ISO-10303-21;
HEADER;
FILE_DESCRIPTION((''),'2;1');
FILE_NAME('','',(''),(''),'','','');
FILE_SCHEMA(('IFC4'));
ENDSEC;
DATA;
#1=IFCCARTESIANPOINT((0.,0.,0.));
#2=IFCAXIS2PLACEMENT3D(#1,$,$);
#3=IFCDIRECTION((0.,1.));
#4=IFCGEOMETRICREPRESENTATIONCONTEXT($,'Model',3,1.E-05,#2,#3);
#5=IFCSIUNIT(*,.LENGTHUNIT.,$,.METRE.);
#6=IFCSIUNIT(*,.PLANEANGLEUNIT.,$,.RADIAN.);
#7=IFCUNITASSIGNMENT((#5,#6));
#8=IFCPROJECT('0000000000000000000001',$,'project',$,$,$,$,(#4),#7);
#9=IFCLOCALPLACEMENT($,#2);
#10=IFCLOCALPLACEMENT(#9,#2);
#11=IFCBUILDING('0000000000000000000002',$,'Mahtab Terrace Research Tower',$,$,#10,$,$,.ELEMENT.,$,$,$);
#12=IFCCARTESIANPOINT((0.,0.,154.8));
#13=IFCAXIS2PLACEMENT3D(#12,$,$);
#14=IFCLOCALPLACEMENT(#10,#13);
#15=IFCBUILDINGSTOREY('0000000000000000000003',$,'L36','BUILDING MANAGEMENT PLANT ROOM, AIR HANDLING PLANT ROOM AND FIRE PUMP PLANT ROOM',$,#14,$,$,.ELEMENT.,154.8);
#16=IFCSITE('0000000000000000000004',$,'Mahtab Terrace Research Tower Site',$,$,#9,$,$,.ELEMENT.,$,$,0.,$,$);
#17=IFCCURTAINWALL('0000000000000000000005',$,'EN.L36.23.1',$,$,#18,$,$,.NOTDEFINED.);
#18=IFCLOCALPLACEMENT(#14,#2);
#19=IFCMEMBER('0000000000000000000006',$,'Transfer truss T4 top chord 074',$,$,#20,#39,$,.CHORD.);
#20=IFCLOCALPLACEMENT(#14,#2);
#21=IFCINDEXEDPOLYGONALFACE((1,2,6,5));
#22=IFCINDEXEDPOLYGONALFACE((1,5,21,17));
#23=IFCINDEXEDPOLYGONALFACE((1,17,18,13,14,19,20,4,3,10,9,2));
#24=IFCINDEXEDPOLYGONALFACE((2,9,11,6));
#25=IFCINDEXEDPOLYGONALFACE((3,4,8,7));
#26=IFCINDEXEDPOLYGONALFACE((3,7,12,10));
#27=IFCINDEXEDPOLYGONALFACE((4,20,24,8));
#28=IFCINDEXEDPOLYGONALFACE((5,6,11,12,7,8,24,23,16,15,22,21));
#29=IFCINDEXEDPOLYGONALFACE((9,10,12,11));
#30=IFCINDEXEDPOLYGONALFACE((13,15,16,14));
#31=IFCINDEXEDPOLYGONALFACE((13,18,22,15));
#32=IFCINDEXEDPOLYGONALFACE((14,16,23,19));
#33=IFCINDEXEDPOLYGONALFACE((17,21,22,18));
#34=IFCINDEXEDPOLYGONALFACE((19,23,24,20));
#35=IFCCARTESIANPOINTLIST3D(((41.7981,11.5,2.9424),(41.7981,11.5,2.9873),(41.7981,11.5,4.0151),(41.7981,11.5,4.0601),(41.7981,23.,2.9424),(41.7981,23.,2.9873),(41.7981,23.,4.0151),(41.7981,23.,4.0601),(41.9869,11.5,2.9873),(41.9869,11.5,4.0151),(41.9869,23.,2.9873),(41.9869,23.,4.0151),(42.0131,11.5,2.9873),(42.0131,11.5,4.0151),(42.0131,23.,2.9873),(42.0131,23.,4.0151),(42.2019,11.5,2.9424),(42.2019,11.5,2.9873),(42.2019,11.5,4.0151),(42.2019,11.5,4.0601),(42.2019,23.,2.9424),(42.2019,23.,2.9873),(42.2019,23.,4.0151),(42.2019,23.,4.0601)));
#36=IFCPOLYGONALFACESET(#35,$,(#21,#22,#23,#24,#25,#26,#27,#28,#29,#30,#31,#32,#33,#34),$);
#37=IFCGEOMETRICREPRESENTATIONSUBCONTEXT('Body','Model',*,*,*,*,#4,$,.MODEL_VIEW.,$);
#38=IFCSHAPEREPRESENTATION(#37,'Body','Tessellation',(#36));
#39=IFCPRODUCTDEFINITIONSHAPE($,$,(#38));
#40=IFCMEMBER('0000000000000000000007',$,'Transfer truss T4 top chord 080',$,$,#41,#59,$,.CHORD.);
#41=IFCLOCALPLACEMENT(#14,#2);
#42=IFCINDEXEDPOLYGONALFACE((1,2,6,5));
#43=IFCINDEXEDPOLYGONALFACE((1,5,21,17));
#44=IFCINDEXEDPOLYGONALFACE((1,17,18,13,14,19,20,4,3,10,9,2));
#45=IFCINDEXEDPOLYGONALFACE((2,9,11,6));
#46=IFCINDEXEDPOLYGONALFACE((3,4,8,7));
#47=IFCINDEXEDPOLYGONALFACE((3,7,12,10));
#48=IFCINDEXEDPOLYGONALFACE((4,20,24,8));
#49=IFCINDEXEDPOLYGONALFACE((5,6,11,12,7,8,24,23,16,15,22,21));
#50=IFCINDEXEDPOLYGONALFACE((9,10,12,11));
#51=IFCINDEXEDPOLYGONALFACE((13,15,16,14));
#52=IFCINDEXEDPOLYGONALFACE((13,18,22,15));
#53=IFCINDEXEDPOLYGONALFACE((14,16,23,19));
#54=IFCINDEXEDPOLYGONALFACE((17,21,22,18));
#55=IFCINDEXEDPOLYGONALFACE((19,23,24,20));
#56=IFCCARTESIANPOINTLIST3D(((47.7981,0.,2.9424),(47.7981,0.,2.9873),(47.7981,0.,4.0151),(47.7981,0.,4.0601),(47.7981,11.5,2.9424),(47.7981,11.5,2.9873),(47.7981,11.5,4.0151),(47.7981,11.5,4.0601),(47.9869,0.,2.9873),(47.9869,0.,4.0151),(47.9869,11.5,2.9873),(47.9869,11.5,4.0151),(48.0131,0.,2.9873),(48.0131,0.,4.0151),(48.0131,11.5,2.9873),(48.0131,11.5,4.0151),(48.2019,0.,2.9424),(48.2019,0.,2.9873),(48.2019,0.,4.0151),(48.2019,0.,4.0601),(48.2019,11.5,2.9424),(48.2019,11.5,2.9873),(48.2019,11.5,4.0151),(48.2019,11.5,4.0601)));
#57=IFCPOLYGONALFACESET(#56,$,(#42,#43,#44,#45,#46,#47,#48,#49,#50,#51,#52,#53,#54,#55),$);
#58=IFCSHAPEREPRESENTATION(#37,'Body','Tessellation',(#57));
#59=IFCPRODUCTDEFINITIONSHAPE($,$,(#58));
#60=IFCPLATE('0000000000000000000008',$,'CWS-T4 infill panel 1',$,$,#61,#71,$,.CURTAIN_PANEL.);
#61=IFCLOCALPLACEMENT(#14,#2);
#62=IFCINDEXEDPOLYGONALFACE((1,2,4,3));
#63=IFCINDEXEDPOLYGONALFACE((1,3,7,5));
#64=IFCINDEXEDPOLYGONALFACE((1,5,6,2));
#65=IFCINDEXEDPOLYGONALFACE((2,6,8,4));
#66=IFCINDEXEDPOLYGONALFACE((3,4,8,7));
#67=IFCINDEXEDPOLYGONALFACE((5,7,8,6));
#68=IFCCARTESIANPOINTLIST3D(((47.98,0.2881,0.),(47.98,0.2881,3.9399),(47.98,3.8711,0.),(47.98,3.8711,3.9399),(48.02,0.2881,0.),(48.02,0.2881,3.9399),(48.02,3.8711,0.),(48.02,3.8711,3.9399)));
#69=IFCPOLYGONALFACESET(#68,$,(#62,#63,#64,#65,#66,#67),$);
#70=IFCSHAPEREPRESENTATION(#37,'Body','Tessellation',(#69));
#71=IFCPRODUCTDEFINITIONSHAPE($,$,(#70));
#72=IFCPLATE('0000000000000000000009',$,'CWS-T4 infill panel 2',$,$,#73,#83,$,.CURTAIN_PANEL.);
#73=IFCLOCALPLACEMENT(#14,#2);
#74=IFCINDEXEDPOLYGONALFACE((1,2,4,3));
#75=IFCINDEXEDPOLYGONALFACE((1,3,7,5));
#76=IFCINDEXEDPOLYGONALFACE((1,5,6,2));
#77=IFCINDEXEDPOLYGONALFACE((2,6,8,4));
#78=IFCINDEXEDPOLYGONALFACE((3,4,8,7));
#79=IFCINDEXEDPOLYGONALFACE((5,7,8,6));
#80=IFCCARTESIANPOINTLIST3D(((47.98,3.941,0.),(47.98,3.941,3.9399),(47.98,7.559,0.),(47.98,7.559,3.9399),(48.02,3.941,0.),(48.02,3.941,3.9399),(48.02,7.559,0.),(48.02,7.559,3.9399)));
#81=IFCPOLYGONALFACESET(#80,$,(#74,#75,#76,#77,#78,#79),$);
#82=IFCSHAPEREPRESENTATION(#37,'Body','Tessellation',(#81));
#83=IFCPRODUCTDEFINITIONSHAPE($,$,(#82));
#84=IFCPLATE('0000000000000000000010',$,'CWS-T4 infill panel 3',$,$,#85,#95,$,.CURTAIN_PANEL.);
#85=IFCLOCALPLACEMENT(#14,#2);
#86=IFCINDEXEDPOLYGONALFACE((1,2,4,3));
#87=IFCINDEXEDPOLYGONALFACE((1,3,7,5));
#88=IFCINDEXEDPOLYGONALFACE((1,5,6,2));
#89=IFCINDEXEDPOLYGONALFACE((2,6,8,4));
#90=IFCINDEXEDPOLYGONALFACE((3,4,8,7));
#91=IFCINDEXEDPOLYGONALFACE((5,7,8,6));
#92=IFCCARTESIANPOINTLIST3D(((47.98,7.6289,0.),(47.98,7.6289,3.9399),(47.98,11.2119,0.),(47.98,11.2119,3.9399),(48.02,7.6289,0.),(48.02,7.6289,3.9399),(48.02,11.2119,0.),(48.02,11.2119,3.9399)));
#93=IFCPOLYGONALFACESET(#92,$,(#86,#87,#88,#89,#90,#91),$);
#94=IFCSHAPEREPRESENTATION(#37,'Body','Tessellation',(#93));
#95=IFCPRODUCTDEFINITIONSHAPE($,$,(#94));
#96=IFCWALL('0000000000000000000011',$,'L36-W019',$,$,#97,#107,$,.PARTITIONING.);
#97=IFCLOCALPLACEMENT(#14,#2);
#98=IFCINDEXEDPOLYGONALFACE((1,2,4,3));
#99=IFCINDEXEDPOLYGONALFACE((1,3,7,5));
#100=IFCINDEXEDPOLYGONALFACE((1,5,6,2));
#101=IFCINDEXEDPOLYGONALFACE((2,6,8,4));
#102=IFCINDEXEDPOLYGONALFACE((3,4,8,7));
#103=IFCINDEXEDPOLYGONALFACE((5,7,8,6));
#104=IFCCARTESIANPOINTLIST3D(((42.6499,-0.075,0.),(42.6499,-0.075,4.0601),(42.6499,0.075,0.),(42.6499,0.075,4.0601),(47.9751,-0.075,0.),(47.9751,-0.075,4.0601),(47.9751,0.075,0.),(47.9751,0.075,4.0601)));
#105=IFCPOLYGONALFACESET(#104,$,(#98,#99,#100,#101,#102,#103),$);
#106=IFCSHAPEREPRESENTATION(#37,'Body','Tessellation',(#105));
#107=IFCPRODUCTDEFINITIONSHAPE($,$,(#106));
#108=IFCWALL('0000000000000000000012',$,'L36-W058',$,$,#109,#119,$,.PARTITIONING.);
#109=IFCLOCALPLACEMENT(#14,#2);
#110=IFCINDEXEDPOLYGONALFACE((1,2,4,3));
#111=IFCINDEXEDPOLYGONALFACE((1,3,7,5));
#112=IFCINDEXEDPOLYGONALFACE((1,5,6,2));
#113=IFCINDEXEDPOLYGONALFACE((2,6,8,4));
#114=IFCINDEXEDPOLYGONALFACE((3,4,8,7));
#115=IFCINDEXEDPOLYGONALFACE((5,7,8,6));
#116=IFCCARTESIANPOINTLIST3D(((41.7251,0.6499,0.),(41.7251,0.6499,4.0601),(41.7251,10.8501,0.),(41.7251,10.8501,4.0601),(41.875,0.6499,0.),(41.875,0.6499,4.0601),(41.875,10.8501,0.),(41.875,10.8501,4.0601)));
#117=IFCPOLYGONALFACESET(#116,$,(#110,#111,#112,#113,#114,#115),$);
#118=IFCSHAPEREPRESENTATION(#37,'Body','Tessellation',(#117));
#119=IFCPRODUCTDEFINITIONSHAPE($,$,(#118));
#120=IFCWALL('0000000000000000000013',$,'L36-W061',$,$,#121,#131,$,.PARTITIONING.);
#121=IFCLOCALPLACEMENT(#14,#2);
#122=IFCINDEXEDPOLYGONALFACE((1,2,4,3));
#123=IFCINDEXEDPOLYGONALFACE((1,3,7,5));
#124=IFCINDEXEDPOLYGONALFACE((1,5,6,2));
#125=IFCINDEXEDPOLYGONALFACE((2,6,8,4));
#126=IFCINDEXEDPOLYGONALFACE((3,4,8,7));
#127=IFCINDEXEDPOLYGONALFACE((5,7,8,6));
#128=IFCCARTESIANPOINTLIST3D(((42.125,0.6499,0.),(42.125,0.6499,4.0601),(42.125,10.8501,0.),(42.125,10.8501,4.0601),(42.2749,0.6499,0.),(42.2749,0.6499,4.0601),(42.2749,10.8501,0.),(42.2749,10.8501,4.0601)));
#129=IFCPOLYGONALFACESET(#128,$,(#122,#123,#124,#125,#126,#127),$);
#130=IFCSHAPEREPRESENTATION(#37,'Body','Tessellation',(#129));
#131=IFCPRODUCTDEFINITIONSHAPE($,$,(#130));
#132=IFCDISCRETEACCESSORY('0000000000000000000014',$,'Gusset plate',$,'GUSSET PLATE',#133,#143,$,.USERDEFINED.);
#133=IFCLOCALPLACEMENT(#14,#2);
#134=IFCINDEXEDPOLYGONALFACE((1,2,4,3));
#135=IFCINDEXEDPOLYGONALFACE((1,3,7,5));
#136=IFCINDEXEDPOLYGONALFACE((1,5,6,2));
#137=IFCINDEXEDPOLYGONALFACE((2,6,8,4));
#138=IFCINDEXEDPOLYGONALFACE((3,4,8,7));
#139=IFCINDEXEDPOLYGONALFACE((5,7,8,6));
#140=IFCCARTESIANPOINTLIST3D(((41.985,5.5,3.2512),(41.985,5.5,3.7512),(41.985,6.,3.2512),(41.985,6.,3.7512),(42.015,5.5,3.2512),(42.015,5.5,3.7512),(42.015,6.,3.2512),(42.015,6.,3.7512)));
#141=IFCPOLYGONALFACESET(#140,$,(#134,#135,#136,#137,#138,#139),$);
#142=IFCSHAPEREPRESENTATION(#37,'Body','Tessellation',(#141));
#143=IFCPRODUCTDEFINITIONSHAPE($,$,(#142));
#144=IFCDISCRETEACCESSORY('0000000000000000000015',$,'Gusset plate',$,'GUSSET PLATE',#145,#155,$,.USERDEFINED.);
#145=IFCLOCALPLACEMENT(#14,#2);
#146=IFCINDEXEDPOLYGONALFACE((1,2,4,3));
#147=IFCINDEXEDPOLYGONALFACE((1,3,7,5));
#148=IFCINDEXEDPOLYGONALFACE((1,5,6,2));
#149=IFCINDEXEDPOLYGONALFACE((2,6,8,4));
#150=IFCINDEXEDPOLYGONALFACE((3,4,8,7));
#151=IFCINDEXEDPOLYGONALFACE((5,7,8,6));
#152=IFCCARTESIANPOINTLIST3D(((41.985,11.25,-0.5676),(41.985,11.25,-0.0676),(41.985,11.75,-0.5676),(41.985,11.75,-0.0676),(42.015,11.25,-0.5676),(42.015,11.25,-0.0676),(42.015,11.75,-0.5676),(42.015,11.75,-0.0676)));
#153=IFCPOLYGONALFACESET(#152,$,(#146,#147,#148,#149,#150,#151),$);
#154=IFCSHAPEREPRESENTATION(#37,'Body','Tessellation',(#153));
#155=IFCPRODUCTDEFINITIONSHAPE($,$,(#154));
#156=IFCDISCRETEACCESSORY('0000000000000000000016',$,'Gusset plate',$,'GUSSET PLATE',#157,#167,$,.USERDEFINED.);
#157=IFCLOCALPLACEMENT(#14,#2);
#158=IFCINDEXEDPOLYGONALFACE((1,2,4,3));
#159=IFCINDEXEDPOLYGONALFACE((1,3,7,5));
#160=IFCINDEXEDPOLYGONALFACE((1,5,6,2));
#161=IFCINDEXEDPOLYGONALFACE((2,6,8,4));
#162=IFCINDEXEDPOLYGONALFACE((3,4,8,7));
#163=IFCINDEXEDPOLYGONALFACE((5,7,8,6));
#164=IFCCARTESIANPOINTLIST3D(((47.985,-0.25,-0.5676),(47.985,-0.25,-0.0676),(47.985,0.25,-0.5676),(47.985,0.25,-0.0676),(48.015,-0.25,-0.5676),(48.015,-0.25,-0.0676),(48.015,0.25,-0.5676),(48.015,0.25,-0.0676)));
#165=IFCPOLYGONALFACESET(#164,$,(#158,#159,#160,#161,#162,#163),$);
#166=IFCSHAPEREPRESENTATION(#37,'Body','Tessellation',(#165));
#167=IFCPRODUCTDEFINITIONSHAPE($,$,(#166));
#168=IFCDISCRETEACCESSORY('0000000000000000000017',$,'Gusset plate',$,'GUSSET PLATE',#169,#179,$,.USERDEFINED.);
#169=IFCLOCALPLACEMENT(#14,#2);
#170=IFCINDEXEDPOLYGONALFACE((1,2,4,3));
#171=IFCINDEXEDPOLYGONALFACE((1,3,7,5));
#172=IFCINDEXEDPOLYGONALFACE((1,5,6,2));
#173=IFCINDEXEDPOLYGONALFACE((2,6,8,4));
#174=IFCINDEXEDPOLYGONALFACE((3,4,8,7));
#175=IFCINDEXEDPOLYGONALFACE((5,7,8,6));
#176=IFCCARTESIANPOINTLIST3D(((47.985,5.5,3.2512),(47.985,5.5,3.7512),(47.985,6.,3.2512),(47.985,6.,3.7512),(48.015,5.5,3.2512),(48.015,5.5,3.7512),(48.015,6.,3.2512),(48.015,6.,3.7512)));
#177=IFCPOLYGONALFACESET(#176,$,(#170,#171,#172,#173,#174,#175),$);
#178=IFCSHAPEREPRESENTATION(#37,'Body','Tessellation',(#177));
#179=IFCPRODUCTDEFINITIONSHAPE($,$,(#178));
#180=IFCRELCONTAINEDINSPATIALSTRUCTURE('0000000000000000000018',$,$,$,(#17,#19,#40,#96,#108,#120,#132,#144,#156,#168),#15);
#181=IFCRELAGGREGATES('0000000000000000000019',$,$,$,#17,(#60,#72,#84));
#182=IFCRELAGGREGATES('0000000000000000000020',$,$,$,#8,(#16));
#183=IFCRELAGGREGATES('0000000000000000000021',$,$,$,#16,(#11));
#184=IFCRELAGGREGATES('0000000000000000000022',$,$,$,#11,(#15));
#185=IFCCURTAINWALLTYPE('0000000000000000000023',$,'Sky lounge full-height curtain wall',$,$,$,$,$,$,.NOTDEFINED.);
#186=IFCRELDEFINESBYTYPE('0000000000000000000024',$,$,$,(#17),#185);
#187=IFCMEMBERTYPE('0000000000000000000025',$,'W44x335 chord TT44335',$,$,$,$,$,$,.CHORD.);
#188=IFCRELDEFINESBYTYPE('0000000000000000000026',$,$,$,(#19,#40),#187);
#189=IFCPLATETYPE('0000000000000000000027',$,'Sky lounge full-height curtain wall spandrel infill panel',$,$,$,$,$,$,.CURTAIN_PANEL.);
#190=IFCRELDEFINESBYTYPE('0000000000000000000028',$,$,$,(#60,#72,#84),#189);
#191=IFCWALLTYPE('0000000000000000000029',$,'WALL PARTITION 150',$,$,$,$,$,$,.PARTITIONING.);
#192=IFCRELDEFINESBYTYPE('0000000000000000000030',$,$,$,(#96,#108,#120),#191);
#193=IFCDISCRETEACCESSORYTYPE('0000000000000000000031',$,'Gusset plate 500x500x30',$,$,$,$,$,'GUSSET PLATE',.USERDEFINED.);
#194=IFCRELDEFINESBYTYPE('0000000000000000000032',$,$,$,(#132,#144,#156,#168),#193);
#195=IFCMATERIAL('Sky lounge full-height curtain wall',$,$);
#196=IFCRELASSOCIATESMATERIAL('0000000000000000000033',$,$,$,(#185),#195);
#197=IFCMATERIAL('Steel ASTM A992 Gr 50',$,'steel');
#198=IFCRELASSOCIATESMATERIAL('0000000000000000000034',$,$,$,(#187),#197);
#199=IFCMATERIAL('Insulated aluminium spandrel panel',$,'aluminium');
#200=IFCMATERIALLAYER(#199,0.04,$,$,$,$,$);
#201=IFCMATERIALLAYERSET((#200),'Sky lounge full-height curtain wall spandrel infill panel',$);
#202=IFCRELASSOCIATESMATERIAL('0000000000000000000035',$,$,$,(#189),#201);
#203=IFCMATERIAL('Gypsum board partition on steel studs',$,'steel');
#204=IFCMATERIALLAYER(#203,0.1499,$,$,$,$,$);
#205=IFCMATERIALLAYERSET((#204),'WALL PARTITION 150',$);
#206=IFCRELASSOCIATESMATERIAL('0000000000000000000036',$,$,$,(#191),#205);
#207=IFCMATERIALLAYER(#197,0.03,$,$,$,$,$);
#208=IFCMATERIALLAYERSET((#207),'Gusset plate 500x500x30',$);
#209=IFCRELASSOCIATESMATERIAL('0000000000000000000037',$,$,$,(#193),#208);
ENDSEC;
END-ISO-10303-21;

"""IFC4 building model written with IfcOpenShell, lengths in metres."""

from ifc_helpers import new_model, si_unit, direction, frame, frame_2d, origin, origin_2d, place, context, subcontext, project, spatial, rectangle, i_section, extrude, material, layer, layer_set, material_profile, profile_set, type_object, element, aggregate, save


model = new_model("IFC4")

# Units and contexts
model_context = context("Model", 3, precision=1e-05, world=origin(), true_north=direction((0.0, 1.0)))
body_context = subcontext(model_context, "Body", "Model", "MODEL_VIEW")
ifc_project = project(units=[si_unit("LENGTHUNIT", "METRE"), si_unit("PLANEANGLEUNIT", "RADIAN")], contexts=[model_context])

# Site, building, storey
site_placement = place(None, origin())
site = spatial("IfcSite", under=ifc_project, at=site_placement, Name="Mahtab Terrace Research Tower Site", CompositionType="ELEMENT", RefElevation=0.0)
building_placement = place(site_placement, origin())
building = spatial("IfcBuilding", under=site, at=building_placement, Name="Mahtab Terrace Research Tower", CompositionType="ELEMENT")
storey_placement = place(building_placement, frame((0.0, 0.0, 154.8)))
storey = spatial("IfcBuildingStorey", under=building, at=storey_placement, Name="L36", Description="BUILDING MANAGEMENT PLANT ROOM, AIR HANDLING PLANT ROOM AND FIRE PUMP PLANT ROOM", CompositionType="ELEMENT", Elevation=154.8)

# Shared definitions
ifc_material_1 = material(Name="Steel ASTM A992 Gr 50", Category="steel")

# Curtain wall
ifc_material_2 = material(Name="Sky lounge full-height curtain wall")
curtain_wall_type = type_object("IfcCurtainWallType", Name="Sky lounge full-height curtain wall", PredefinedType="NOTDEFINED", material=ifc_material_2)
curtain_wall_placement = place(storey_placement, origin())
curtain_wall = element("IfcCurtainWall", 1, at=curtain_wall_placement, inside=storey, type_object=curtain_wall_type, Name="EN.L36.23.1", PredefinedType="NOTDEFINED")

# Members
ifc_material_profile_1 = material_profile(ifc_material_1, i_section(OverallWidth=0.4038, OverallDepth=1.1177, WebThickness=0.0261, FlangeThickness=0.0449, at=origin_2d()), Name="W44X335")
ifc_profile_set_1 = profile_set([ifc_material_profile_1], Name="Steel ASTM A992 Gr 50")
member_type_1 = type_object("IfcMemberType", Name="W44x335 chord TT44335", PredefinedType="CHORD", material=ifc_profile_set_1)
for number, where, z_axis, x_axis, name in (
    (2, (42.0, 11.5, 3.5012), (0.0, 1.0, 0.0), (-1.0, 0.0, 0.0), "Transfer truss T4 top chord 074"),
    (3, (48.0, 0.0, 3.5012), (0.0, 1.0, 0.0), (-1.0, 0.0, 0.0), "Transfer truss T4 top chord 080"),
):
    element("IfcMember", number, at=place(storey_placement, frame(where, z_axis=z_axis, x_axis=x_axis)), inside=storey, type_object=member_type_1, Name=name, PredefinedType="CHORD", context=body_context, shape_type="SweptSolid", body=[
        extrude(i_section(OverallWidth=0.4038, OverallDepth=1.1177, WebThickness=0.0261, FlangeThickness=0.0449, at=origin_2d()), origin(), (0.0, 0.0, 1.0), 11.5),
    ])

# Plates
ifc_material_3 = material(Name="Insulated aluminium spandrel panel", Category="aluminium")
ifc_layer_1 = layer(ifc_material_3, 0.04)
ifc_layer_set_1 = layer_set([ifc_layer_1], Name="Sky lounge full-height curtain wall spandrel infill panel")
plate_type = type_object("IfcPlateType", Name="Sky lounge full-height curtain wall spandrel infill panel", PredefinedType="CURTAIN_PANEL", material=ifc_layer_set_1)
plate_1_placement = place(storey_placement, frame((48.0, 2.0796, 0.0), z_axis=(0.0, 0.0, 1.0), x_axis=(0.0, 1.0, 0.0)))
plate_1 = element("IfcPlate", 4, at=plate_1_placement, type_object=plate_type, Name="CWS-T4 infill panel 1", PredefinedType="CURTAIN_PANEL", context=body_context, shape_type="SweptSolid", body=[
    extrude(rectangle(XDim=3.583, YDim=0.04, at=origin_2d()), origin(), (0.0, 0.0, 1.0), 3.9399),
])
plate_2_placement = place(storey_placement, frame((48.0, 5.75, 0.0), z_axis=(0.0, 0.0, 1.0), x_axis=(0.0, 1.0, 0.0)))
plate_2 = element("IfcPlate", 5, at=plate_2_placement, type_object=plate_type, Name="CWS-T4 infill panel 2", PredefinedType="CURTAIN_PANEL", context=body_context, shape_type="SweptSolid", body=[
    extrude(rectangle(XDim=3.6179, YDim=0.04, at=origin_2d()), origin(), (0.0, 0.0, 1.0), 3.9399),
])
plate_3_placement = place(storey_placement, frame((48.0, 9.4204, 0.0), z_axis=(0.0, 0.0, 1.0), x_axis=(0.0, 1.0, 0.0)))
plate_3 = element("IfcPlate", 6, at=plate_3_placement, type_object=plate_type, Name="CWS-T4 infill panel 3", PredefinedType="CURTAIN_PANEL", context=body_context, shape_type="SweptSolid", body=[
    extrude(rectangle(XDim=3.583, YDim=0.04, at=origin_2d()), origin(), (0.0, 0.0, 1.0), 3.9399),
])
aggregate(curtain_wall, [plate_1, plate_2, plate_3])

# Walls
ifc_material_4 = material(Name="Gypsum board partition on steel studs", Category="steel")
ifc_layer_2 = layer(ifc_material_4, 0.1499)
ifc_layer_set_2 = layer_set([ifc_layer_2], Name="WALL PARTITION 150")
wall_type = type_object("IfcWallType", Name="WALL PARTITION 150", PredefinedType="PARTITIONING", material=ifc_layer_set_2)
wall_placement = place(storey_placement, frame((42.6499, 0.0, 0.0), z_axis=(0.0, 0.0, 1.0), x_axis=(1.0, 0.0, 0.0)))
element("IfcWall", 7, at=wall_placement, inside=storey, type_object=wall_type, Name="L36-W019", PredefinedType="PARTITIONING", context=body_context, shape_type="SweptSolid", body=[
    extrude(rectangle(XDim=5.3252, YDim=0.1499, at=frame_2d((2.6626, 0.0))), origin(), (0.0, 0.0, 1.0), 4.0601),
])
for number, where, z_axis, x_axis, name in (
    (8, (41.8, 0.6499, 0.0), (0.0, 0.0, 1.0), (0.0, 1.0, 0.0), "L36-W058"),
    (9, (42.2, 0.6499, 0.0), (0.0, 0.0, 1.0), (0.0, 1.0, 0.0), "L36-W061"),
):
    element("IfcWall", number, at=place(storey_placement, frame(where, z_axis=z_axis, x_axis=x_axis)), inside=storey, type_object=wall_type, Name=name, PredefinedType="PARTITIONING", context=body_context, shape_type="SweptSolid", body=[
        extrude(rectangle(XDim=10.2002, YDim=0.1499, at=frame_2d((5.1001, 0.0))), origin(), (0.0, 0.0, 1.0), 4.0601),
    ])

# Discrete accessories
ifc_layer_3 = layer(ifc_material_1, 0.03)
ifc_layer_set_3 = layer_set([ifc_layer_3], Name="Gusset plate 500x500x30")
discrete_accessory_type = type_object("IfcDiscreteAccessoryType", Name="Gusset plate 500x500x30", ElementType="GUSSET PLATE", PredefinedType="USERDEFINED", material=ifc_layer_set_3)
for number, where, z_axis, x_axis, name in (
    (10, (42.0, 5.75, 3.2512), (0.0, 0.0, 1.0), (0.0, 1.0, 0.0), "Gusset plate"),
    (11, (42.0, 11.5, -0.5676), (0.0, 0.0, 1.0), (0.0, 1.0, 0.0), "Gusset plate"),
    (12, (48.0, 0.0, -0.5676), (0.0, 0.0, 1.0), (0.0, 1.0, 0.0), "Gusset plate"),
    (13, (48.0, 5.75, 3.2512), (0.0, 0.0, 1.0), (0.0, 1.0, 0.0), "Gusset plate"),
):
    element("IfcDiscreteAccessory", number, at=place(storey_placement, frame(where, z_axis=z_axis, x_axis=x_axis)), inside=storey, type_object=discrete_accessory_type, Name=name, ObjectType="GUSSET PLATE", PredefinedType="USERDEFINED", context=body_context, shape_type="SweptSolid", body=[
        extrude(rectangle(XDim=0.5, YDim=0.03, at=origin_2d()), origin(), (0.0, 0.0, 1.0), 0.5),
    ])

save(model, "model.ifc")
